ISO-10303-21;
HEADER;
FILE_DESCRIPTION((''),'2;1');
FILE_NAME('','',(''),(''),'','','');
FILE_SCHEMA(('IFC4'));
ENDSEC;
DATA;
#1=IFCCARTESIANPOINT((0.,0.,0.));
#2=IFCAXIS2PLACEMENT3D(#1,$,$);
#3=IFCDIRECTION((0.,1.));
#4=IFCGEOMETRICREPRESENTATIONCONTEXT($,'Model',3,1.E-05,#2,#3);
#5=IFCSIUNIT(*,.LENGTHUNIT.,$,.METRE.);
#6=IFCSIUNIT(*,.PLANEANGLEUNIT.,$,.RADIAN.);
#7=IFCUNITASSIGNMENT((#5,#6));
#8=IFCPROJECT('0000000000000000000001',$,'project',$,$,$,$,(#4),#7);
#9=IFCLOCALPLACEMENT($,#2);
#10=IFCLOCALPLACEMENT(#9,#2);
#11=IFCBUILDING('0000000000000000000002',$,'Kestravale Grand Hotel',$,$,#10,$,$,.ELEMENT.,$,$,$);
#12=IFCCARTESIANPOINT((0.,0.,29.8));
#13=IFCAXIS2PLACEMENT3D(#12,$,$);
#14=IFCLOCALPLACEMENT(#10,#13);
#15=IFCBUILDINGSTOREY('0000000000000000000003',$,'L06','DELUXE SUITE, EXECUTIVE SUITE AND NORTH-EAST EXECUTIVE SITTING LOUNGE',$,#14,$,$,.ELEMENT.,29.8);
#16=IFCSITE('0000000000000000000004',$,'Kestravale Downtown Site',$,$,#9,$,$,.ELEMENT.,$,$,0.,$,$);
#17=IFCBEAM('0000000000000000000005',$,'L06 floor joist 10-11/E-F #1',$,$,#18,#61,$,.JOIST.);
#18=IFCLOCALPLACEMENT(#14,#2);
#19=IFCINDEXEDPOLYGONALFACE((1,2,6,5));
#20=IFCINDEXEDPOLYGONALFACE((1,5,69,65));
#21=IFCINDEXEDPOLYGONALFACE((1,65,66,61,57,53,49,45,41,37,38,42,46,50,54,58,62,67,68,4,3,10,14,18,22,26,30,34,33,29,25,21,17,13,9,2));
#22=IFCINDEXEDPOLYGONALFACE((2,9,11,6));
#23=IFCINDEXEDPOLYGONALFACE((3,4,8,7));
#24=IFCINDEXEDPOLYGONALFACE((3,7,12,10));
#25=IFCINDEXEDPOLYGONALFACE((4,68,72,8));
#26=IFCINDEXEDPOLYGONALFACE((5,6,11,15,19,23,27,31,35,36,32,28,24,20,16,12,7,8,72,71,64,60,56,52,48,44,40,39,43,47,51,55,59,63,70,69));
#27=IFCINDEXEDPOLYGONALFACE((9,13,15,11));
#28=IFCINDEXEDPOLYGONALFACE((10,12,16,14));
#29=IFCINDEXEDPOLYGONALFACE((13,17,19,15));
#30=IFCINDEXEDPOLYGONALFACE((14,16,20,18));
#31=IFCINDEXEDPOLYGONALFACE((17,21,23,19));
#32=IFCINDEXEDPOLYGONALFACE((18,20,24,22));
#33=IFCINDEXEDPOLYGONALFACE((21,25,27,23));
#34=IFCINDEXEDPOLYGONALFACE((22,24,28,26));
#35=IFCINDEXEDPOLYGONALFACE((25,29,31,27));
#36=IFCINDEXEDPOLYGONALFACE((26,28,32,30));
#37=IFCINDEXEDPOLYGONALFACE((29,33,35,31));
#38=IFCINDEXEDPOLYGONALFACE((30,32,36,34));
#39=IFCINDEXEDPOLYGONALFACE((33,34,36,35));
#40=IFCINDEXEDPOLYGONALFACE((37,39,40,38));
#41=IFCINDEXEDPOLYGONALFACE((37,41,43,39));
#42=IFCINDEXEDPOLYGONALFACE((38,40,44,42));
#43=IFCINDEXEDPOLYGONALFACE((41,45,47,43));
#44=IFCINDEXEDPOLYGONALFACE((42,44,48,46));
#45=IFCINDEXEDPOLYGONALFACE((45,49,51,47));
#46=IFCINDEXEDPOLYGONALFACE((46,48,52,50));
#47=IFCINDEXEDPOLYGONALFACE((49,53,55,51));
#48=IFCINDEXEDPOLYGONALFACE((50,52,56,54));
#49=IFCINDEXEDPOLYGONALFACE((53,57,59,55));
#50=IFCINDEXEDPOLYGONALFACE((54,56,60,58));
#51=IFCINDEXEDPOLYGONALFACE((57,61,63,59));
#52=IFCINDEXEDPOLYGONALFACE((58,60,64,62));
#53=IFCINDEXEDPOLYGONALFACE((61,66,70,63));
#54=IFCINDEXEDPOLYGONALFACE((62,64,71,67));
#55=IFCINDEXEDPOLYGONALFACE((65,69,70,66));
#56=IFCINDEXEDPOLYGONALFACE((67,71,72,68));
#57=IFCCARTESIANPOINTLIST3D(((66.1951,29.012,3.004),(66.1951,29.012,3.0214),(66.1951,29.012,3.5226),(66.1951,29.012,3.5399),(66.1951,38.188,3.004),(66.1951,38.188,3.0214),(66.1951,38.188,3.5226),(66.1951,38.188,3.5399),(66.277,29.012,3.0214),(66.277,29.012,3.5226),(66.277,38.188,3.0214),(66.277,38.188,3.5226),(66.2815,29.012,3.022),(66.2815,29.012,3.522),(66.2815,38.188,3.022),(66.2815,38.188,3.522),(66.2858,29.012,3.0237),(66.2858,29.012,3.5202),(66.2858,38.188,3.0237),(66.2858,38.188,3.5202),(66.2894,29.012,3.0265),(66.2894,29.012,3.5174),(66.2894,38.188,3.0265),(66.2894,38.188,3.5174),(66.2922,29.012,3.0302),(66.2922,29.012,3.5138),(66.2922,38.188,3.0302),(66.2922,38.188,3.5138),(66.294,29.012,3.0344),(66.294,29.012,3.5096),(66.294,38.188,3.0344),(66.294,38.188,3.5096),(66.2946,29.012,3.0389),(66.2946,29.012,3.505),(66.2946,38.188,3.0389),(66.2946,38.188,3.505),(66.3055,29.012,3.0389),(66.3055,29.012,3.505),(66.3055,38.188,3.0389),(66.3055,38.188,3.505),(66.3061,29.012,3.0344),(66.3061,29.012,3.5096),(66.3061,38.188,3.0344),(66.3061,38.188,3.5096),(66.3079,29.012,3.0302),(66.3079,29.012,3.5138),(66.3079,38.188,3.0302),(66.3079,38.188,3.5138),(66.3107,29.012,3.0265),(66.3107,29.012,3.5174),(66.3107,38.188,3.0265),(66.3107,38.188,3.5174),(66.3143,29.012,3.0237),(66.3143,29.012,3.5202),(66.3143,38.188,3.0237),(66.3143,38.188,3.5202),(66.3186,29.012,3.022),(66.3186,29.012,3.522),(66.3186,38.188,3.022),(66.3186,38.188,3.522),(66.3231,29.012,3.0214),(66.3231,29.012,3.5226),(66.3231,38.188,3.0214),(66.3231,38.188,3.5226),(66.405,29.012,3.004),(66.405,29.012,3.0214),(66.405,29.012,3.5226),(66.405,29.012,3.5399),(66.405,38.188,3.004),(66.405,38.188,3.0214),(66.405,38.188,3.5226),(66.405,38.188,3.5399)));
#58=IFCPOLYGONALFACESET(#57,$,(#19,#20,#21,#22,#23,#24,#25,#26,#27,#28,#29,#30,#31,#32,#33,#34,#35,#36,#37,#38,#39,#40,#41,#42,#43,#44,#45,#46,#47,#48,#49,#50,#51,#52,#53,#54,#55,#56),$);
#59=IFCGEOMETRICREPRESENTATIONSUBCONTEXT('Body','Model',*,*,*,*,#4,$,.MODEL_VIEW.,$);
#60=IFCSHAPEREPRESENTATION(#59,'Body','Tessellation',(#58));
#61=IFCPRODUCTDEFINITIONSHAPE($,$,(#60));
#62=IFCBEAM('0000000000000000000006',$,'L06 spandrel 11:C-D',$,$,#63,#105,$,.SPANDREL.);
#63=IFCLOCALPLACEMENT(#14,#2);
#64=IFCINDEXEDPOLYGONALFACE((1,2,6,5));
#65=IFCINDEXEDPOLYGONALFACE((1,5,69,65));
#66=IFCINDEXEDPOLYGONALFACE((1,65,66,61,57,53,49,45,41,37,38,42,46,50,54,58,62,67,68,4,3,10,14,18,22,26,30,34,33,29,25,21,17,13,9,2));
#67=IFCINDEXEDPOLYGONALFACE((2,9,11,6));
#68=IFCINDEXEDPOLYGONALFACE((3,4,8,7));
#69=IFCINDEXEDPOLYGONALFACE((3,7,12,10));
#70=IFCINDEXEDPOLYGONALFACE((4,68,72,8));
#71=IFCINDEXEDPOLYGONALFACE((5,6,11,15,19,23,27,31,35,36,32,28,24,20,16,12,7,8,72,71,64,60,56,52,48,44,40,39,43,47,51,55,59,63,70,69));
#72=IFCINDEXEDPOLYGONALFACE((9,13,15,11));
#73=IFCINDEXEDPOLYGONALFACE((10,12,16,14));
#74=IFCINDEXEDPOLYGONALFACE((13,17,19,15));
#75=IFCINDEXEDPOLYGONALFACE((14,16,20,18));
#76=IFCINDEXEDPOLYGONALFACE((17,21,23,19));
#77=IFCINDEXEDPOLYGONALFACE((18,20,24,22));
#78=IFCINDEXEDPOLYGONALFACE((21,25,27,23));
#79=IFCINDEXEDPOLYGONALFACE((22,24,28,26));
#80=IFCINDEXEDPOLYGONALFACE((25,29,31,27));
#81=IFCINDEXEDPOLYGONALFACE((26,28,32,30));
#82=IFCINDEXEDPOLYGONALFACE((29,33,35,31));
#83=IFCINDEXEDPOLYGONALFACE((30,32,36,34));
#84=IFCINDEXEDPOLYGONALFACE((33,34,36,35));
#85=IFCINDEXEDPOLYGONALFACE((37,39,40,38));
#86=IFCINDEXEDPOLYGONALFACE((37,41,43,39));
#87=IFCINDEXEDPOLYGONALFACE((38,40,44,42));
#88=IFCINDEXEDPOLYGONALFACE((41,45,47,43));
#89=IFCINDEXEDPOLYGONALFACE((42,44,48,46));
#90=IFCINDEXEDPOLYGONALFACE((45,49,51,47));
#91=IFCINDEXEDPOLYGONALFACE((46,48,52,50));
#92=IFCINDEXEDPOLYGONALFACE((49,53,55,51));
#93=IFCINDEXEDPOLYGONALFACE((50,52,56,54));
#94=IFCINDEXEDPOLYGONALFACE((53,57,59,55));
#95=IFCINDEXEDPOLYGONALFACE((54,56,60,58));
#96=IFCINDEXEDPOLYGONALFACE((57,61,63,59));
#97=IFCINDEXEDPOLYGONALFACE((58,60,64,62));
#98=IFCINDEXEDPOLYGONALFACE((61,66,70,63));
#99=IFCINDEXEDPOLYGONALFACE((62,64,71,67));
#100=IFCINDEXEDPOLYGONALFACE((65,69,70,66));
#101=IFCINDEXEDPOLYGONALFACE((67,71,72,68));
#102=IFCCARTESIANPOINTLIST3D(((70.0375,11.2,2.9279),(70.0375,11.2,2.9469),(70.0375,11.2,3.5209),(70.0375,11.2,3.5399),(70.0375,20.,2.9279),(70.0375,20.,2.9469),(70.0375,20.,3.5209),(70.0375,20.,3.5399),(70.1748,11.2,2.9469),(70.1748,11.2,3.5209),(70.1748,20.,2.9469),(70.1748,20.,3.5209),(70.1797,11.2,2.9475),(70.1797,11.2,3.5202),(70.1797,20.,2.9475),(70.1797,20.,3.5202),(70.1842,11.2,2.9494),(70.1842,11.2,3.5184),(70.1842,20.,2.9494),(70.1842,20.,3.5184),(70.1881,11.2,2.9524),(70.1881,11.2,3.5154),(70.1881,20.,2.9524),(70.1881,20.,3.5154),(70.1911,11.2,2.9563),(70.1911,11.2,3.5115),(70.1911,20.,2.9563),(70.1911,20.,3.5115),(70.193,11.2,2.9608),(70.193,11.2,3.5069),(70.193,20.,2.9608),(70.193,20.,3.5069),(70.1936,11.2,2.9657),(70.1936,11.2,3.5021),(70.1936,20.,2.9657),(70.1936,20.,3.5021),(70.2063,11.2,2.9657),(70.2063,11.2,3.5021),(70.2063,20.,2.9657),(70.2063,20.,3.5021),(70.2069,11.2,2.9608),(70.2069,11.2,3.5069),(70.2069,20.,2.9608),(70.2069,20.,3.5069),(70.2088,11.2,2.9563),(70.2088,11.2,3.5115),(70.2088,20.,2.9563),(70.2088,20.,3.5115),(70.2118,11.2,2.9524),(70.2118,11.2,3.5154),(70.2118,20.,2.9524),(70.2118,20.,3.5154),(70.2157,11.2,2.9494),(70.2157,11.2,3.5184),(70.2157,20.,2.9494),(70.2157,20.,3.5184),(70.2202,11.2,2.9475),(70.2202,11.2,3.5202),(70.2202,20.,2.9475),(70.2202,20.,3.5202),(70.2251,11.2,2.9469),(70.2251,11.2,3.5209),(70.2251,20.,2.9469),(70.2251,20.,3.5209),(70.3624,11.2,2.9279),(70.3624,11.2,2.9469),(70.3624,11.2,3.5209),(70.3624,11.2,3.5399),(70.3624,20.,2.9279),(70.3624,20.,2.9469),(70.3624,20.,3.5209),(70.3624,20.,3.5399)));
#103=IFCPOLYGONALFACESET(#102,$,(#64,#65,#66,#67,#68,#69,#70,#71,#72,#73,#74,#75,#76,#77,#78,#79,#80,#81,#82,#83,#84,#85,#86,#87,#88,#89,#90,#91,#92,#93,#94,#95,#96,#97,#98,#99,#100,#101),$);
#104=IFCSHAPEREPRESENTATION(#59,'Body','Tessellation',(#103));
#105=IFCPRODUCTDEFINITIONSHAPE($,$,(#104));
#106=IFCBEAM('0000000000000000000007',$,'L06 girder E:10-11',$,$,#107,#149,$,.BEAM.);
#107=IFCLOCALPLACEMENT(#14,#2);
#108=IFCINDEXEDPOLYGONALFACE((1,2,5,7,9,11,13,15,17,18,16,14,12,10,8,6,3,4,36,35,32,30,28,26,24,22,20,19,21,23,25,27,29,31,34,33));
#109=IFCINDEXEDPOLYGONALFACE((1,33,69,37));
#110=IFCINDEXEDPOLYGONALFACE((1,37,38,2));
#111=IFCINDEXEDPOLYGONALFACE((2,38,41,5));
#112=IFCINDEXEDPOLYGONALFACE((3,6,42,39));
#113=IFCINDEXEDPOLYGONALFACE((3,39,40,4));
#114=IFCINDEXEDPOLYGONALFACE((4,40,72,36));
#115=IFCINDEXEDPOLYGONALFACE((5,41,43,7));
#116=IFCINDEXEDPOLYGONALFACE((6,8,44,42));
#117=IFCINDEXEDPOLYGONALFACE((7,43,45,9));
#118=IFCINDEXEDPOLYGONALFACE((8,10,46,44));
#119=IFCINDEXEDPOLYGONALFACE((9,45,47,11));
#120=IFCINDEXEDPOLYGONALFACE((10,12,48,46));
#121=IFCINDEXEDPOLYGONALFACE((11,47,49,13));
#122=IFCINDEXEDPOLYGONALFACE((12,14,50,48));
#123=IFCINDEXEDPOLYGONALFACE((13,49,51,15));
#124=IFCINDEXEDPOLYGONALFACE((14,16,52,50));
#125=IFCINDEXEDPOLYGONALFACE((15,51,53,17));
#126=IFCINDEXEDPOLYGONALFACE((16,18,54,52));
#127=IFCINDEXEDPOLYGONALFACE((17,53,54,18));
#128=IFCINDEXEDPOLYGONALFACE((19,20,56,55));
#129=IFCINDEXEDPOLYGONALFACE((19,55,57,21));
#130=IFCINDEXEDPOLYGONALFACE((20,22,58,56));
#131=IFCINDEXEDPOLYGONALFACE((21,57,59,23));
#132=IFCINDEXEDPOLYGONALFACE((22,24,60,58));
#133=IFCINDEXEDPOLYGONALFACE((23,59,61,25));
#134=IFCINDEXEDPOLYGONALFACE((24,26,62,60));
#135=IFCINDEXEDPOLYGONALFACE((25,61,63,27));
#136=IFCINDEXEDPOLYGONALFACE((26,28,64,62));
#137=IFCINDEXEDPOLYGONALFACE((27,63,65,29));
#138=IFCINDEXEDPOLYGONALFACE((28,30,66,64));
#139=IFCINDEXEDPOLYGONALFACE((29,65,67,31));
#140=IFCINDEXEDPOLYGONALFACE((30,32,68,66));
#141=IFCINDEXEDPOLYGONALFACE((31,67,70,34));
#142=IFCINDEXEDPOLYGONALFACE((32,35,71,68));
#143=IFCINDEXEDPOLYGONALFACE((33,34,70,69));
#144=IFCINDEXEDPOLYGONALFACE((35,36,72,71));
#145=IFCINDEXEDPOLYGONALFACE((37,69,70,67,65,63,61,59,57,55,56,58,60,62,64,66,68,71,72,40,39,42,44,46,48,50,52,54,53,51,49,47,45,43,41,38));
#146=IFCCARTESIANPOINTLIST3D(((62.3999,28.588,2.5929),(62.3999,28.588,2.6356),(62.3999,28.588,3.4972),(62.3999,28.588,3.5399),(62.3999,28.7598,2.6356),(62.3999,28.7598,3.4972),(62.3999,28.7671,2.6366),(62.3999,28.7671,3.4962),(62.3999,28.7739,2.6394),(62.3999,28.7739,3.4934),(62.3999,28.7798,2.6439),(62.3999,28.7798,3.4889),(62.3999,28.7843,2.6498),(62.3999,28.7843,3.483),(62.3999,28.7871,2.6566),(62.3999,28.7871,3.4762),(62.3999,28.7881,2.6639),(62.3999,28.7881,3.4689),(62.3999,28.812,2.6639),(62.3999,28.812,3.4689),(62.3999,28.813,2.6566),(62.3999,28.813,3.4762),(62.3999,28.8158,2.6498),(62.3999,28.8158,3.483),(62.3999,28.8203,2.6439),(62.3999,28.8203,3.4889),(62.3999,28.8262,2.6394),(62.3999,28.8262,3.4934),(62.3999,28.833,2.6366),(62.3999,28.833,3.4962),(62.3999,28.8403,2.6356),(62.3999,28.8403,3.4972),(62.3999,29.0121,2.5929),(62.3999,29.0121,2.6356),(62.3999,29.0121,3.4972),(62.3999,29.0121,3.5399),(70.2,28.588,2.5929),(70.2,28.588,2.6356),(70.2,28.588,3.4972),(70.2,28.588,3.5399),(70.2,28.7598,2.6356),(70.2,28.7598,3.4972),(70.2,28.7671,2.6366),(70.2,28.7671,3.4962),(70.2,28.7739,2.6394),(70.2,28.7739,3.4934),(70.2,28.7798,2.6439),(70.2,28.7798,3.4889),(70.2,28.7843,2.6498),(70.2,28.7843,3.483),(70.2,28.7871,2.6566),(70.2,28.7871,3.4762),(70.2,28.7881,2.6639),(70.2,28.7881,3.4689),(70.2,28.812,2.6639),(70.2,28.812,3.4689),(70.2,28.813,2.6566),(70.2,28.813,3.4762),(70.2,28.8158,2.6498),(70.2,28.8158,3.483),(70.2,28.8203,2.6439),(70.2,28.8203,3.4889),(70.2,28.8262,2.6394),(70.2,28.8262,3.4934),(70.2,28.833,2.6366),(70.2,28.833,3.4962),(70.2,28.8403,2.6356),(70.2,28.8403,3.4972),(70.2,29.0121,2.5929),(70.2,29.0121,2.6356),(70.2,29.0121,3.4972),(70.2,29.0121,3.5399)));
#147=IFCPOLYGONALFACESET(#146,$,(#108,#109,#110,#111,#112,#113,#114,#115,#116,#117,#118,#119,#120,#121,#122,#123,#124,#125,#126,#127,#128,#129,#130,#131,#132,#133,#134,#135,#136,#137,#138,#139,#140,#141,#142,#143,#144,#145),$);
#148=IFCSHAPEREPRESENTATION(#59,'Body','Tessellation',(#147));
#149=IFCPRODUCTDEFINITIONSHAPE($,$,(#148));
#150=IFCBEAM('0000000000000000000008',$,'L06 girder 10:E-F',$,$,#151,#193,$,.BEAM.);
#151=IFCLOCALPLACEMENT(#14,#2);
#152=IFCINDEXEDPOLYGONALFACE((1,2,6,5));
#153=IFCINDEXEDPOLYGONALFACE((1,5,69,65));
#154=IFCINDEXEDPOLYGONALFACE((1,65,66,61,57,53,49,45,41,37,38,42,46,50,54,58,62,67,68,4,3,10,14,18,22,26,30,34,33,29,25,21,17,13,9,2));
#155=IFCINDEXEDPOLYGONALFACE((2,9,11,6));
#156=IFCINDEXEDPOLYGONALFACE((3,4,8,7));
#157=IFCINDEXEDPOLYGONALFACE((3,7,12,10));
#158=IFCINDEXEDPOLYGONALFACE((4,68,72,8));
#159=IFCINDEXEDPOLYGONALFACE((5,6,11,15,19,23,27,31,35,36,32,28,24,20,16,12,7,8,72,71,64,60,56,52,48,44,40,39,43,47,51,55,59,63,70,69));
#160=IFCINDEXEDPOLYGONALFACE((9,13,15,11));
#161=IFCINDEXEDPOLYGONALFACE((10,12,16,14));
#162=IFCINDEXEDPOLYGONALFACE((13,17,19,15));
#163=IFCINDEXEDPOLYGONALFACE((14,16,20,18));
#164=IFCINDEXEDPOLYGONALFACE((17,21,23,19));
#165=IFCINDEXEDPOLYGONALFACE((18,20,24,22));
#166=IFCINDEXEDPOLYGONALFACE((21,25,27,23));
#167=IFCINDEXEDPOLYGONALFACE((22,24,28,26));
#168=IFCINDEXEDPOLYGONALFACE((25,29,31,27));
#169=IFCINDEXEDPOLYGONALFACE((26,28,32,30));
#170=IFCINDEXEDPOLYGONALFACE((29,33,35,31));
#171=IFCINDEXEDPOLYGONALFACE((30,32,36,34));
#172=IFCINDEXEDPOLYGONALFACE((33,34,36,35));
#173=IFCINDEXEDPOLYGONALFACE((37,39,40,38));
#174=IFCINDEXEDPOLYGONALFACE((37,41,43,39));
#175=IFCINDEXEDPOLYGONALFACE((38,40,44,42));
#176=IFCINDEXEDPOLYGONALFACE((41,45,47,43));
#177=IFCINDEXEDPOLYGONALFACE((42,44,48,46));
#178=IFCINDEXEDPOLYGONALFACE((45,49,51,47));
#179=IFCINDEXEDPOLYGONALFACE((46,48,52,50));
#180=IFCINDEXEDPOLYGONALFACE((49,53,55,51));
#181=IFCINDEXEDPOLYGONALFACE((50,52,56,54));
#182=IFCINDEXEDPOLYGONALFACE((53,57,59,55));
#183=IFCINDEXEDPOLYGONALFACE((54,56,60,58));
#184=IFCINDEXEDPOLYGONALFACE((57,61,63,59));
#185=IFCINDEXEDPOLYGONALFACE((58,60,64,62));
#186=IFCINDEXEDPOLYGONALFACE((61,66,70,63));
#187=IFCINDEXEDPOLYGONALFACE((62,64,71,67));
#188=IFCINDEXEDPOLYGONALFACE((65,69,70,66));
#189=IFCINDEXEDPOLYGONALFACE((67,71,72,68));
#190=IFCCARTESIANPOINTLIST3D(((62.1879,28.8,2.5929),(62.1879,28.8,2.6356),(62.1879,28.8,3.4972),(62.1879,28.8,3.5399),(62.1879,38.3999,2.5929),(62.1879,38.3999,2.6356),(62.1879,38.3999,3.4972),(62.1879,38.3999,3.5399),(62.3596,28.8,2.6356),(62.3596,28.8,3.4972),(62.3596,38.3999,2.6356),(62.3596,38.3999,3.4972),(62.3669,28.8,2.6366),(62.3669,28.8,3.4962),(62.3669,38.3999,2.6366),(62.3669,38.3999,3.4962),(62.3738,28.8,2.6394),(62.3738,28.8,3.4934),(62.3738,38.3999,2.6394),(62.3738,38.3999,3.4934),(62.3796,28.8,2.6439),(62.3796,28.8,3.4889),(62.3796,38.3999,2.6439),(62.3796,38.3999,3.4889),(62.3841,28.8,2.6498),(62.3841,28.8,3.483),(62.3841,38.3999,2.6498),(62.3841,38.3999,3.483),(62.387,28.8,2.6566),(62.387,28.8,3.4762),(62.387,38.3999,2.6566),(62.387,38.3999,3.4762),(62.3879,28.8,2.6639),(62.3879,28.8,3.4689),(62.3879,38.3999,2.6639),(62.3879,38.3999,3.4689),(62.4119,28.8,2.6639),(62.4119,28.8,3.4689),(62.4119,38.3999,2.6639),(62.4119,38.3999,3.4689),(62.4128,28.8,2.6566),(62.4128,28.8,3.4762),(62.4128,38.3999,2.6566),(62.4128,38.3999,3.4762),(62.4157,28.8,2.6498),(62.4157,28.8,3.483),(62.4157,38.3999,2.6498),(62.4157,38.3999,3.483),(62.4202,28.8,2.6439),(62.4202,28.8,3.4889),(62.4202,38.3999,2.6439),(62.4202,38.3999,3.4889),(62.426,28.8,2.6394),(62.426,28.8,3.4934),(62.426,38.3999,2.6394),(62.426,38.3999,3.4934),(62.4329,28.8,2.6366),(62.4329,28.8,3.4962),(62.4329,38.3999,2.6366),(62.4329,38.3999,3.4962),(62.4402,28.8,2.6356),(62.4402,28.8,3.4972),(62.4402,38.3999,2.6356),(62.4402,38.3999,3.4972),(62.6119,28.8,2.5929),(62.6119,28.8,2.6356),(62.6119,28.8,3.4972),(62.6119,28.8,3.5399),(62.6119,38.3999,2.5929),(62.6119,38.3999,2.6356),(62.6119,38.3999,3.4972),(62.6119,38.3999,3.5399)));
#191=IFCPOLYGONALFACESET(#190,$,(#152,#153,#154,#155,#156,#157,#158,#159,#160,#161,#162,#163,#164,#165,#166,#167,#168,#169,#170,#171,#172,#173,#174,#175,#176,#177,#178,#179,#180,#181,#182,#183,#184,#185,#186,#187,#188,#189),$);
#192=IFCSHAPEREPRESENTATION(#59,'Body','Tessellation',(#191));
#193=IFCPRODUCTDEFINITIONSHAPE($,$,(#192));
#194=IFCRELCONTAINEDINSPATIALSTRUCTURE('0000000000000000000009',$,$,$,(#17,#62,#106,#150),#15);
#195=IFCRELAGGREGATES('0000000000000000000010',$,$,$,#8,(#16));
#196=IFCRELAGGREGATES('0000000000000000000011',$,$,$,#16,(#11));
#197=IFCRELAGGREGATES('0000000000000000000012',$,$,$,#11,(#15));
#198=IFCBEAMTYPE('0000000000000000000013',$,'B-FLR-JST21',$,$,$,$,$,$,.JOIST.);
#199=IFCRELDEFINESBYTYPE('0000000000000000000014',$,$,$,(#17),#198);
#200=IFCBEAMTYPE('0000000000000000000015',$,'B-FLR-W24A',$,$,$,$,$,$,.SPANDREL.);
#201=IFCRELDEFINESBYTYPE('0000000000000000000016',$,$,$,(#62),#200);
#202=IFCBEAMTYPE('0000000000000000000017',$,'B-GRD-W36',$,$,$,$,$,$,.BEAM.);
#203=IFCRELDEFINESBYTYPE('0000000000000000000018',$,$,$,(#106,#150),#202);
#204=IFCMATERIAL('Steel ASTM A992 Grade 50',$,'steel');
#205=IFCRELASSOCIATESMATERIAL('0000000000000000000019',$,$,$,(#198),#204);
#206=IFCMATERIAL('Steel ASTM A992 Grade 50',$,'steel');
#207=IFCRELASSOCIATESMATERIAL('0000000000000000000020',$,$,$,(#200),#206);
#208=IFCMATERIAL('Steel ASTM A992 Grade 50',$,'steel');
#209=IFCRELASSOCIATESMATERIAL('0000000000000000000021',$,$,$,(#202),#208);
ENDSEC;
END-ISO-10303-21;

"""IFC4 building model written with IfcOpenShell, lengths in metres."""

from ifc_helpers import new_model, si_unit, direction, frame, origin, origin_2d, place, context, subcontext, project, spatial, i_section, extrude, material, material_profile, profile_set, type_object, element, save


model = new_model("IFC4")

# Units and contexts
model_context = context("Model", 3, precision=1e-05, world=origin(), true_north=direction((0.0, 1.0)))
body_context = subcontext(model_context, "Body", "Model", "MODEL_VIEW")
ifc_project = project(units=[si_unit("LENGTHUNIT", "METRE"), si_unit("PLANEANGLEUNIT", "RADIAN")], contexts=[model_context])

# Site, building, storey
site_placement = place(None, origin())
site = spatial("IfcSite", under=ifc_project, at=site_placement, Name="Kestravale Downtown Site", CompositionType="ELEMENT", RefElevation=0.0)
building_placement = place(site_placement, origin())
building = spatial("IfcBuilding", under=site, at=building_placement, Name="Kestravale Grand Hotel", CompositionType="ELEMENT")
storey_placement = place(building_placement, frame((0.0, 0.0, 29.8)))
storey = spatial("IfcBuildingStorey", under=building, at=storey_placement, Name="L06", Description="DELUXE SUITE, EXECUTIVE SUITE AND NORTH-EAST EXECUTIVE SITTING LOUNGE", CompositionType="ELEMENT", Elevation=29.8)

# Beams
ifc_material_1 = material(Name="Steel ASTM A992 Grade 50", Category="steel")
ifc_material_profile_1 = material_profile(ifc_material_1, i_section(OverallWidth=0.21, OverallDepth=0.5359, WebThickness=0.011, FlangeThickness=0.0173, FilletRadius=0.0176, at=origin_2d()))
ifc_profile_set_1 = profile_set([ifc_material_profile_1], Name="Steel ASTM A992 Grade 50")
beam_type_1 = type_object("IfcBeamType", Name="B-FLR-JST21", PredefinedType="JOIST", material=ifc_profile_set_1)
beam_1_placement = place(storey_placement, frame((66.3, 29.012, 3.272), z_axis=(0.0, 1.0, 0.0), x_axis=(-1.0, 0.0, 0.0)))
element("IfcBeam", 1, at=beam_1_placement, inside=storey, type_object=beam_type_1, Name="L06 floor joist 10-11/E-F #1", PredefinedType="JOIST", context=body_context, shape_type="SweptSolid", body=[
    extrude(i_section(OverallWidth=0.21, OverallDepth=0.5359, WebThickness=0.011, FlangeThickness=0.0173, FilletRadius=0.0176, at=origin_2d()), origin(), (0.0, 0.0, 1.0), 9.176),
])
ifc_material_2 = material(Name="Steel ASTM A992 Grade 50", Category="steel")
ifc_material_profile_2 = material_profile(ifc_material_2, i_section(OverallWidth=0.325, OverallDepth=0.6121, WebThickness=0.0127, FlangeThickness=0.019, FilletRadius=0.0188, at=origin_2d()))
ifc_profile_set_2 = profile_set([ifc_material_profile_2], Name="Steel ASTM A992 Grade 50")
beam_type_2 = type_object("IfcBeamType", Name="B-FLR-W24A", PredefinedType="SPANDREL", material=ifc_profile_set_2)
beam_2_placement = place(storey_placement, frame((70.2, 11.2, 3.2339), z_axis=(0.0, 1.0, 0.0), x_axis=(-1.0, 0.0, 0.0)))
element("IfcBeam", 2, at=beam_2_placement, inside=storey, type_object=beam_type_2, Name="L06 spandrel 11:C-D", PredefinedType="SPANDREL", context=body_context, shape_type="SweptSolid", body=[
    extrude(i_section(OverallWidth=0.325, OverallDepth=0.6121, WebThickness=0.0127, FlangeThickness=0.019, FilletRadius=0.0188, at=origin_2d()), origin(), (0.0, 0.0, 1.0), 8.8),
])
ifc_material_3 = material(Name="Steel ASTM A992 Grade 50", Category="steel")
ifc_material_profile_3 = material_profile(ifc_material_3, i_section(OverallWidth=0.4241, OverallDepth=0.947, WebThickness=0.0239, FlangeThickness=0.0427, FilletRadius=0.0283, at=origin_2d()))
ifc_profile_set_3 = profile_set([ifc_material_profile_3], Name="Steel ASTM A992 Grade 50")
beam_type_3 = type_object("IfcBeamType", Name="B-GRD-W36", PredefinedType="BEAM", material=ifc_profile_set_3)
beam_3_placement = place(storey_placement, frame((62.3999, 28.8, 3.0664), z_axis=(1.0, 0.0, 0.0), x_axis=(0.0, 1.0, 0.0)))
element("IfcBeam", 3, at=beam_3_placement, inside=storey, type_object=beam_type_3, Name="L06 girder E:10-11", PredefinedType="BEAM", context=body_context, shape_type="SweptSolid", body=[
    extrude(i_section(OverallWidth=0.4241, OverallDepth=0.947, WebThickness=0.0239, FlangeThickness=0.0427, FilletRadius=0.0283, at=origin_2d()), origin(), (0.0, 0.0, 1.0), 7.8),
])
beam_4_placement = place(storey_placement, frame((62.3999, 28.8, 3.0664), z_axis=(0.0, 1.0, 0.0), x_axis=(-1.0, 0.0, 0.0)))
element("IfcBeam", 4, at=beam_4_placement, inside=storey, type_object=beam_type_3, Name="L06 girder 10:E-F", PredefinedType="BEAM", context=body_context, shape_type="SweptSolid", body=[
    extrude(i_section(OverallWidth=0.4241, OverallDepth=0.947, WebThickness=0.0239, FlangeThickness=0.0427, FilletRadius=0.0283, at=origin_2d()), origin(), (0.0, 0.0, 1.0), 9.5999),
])

save(model, "model.ifc")
